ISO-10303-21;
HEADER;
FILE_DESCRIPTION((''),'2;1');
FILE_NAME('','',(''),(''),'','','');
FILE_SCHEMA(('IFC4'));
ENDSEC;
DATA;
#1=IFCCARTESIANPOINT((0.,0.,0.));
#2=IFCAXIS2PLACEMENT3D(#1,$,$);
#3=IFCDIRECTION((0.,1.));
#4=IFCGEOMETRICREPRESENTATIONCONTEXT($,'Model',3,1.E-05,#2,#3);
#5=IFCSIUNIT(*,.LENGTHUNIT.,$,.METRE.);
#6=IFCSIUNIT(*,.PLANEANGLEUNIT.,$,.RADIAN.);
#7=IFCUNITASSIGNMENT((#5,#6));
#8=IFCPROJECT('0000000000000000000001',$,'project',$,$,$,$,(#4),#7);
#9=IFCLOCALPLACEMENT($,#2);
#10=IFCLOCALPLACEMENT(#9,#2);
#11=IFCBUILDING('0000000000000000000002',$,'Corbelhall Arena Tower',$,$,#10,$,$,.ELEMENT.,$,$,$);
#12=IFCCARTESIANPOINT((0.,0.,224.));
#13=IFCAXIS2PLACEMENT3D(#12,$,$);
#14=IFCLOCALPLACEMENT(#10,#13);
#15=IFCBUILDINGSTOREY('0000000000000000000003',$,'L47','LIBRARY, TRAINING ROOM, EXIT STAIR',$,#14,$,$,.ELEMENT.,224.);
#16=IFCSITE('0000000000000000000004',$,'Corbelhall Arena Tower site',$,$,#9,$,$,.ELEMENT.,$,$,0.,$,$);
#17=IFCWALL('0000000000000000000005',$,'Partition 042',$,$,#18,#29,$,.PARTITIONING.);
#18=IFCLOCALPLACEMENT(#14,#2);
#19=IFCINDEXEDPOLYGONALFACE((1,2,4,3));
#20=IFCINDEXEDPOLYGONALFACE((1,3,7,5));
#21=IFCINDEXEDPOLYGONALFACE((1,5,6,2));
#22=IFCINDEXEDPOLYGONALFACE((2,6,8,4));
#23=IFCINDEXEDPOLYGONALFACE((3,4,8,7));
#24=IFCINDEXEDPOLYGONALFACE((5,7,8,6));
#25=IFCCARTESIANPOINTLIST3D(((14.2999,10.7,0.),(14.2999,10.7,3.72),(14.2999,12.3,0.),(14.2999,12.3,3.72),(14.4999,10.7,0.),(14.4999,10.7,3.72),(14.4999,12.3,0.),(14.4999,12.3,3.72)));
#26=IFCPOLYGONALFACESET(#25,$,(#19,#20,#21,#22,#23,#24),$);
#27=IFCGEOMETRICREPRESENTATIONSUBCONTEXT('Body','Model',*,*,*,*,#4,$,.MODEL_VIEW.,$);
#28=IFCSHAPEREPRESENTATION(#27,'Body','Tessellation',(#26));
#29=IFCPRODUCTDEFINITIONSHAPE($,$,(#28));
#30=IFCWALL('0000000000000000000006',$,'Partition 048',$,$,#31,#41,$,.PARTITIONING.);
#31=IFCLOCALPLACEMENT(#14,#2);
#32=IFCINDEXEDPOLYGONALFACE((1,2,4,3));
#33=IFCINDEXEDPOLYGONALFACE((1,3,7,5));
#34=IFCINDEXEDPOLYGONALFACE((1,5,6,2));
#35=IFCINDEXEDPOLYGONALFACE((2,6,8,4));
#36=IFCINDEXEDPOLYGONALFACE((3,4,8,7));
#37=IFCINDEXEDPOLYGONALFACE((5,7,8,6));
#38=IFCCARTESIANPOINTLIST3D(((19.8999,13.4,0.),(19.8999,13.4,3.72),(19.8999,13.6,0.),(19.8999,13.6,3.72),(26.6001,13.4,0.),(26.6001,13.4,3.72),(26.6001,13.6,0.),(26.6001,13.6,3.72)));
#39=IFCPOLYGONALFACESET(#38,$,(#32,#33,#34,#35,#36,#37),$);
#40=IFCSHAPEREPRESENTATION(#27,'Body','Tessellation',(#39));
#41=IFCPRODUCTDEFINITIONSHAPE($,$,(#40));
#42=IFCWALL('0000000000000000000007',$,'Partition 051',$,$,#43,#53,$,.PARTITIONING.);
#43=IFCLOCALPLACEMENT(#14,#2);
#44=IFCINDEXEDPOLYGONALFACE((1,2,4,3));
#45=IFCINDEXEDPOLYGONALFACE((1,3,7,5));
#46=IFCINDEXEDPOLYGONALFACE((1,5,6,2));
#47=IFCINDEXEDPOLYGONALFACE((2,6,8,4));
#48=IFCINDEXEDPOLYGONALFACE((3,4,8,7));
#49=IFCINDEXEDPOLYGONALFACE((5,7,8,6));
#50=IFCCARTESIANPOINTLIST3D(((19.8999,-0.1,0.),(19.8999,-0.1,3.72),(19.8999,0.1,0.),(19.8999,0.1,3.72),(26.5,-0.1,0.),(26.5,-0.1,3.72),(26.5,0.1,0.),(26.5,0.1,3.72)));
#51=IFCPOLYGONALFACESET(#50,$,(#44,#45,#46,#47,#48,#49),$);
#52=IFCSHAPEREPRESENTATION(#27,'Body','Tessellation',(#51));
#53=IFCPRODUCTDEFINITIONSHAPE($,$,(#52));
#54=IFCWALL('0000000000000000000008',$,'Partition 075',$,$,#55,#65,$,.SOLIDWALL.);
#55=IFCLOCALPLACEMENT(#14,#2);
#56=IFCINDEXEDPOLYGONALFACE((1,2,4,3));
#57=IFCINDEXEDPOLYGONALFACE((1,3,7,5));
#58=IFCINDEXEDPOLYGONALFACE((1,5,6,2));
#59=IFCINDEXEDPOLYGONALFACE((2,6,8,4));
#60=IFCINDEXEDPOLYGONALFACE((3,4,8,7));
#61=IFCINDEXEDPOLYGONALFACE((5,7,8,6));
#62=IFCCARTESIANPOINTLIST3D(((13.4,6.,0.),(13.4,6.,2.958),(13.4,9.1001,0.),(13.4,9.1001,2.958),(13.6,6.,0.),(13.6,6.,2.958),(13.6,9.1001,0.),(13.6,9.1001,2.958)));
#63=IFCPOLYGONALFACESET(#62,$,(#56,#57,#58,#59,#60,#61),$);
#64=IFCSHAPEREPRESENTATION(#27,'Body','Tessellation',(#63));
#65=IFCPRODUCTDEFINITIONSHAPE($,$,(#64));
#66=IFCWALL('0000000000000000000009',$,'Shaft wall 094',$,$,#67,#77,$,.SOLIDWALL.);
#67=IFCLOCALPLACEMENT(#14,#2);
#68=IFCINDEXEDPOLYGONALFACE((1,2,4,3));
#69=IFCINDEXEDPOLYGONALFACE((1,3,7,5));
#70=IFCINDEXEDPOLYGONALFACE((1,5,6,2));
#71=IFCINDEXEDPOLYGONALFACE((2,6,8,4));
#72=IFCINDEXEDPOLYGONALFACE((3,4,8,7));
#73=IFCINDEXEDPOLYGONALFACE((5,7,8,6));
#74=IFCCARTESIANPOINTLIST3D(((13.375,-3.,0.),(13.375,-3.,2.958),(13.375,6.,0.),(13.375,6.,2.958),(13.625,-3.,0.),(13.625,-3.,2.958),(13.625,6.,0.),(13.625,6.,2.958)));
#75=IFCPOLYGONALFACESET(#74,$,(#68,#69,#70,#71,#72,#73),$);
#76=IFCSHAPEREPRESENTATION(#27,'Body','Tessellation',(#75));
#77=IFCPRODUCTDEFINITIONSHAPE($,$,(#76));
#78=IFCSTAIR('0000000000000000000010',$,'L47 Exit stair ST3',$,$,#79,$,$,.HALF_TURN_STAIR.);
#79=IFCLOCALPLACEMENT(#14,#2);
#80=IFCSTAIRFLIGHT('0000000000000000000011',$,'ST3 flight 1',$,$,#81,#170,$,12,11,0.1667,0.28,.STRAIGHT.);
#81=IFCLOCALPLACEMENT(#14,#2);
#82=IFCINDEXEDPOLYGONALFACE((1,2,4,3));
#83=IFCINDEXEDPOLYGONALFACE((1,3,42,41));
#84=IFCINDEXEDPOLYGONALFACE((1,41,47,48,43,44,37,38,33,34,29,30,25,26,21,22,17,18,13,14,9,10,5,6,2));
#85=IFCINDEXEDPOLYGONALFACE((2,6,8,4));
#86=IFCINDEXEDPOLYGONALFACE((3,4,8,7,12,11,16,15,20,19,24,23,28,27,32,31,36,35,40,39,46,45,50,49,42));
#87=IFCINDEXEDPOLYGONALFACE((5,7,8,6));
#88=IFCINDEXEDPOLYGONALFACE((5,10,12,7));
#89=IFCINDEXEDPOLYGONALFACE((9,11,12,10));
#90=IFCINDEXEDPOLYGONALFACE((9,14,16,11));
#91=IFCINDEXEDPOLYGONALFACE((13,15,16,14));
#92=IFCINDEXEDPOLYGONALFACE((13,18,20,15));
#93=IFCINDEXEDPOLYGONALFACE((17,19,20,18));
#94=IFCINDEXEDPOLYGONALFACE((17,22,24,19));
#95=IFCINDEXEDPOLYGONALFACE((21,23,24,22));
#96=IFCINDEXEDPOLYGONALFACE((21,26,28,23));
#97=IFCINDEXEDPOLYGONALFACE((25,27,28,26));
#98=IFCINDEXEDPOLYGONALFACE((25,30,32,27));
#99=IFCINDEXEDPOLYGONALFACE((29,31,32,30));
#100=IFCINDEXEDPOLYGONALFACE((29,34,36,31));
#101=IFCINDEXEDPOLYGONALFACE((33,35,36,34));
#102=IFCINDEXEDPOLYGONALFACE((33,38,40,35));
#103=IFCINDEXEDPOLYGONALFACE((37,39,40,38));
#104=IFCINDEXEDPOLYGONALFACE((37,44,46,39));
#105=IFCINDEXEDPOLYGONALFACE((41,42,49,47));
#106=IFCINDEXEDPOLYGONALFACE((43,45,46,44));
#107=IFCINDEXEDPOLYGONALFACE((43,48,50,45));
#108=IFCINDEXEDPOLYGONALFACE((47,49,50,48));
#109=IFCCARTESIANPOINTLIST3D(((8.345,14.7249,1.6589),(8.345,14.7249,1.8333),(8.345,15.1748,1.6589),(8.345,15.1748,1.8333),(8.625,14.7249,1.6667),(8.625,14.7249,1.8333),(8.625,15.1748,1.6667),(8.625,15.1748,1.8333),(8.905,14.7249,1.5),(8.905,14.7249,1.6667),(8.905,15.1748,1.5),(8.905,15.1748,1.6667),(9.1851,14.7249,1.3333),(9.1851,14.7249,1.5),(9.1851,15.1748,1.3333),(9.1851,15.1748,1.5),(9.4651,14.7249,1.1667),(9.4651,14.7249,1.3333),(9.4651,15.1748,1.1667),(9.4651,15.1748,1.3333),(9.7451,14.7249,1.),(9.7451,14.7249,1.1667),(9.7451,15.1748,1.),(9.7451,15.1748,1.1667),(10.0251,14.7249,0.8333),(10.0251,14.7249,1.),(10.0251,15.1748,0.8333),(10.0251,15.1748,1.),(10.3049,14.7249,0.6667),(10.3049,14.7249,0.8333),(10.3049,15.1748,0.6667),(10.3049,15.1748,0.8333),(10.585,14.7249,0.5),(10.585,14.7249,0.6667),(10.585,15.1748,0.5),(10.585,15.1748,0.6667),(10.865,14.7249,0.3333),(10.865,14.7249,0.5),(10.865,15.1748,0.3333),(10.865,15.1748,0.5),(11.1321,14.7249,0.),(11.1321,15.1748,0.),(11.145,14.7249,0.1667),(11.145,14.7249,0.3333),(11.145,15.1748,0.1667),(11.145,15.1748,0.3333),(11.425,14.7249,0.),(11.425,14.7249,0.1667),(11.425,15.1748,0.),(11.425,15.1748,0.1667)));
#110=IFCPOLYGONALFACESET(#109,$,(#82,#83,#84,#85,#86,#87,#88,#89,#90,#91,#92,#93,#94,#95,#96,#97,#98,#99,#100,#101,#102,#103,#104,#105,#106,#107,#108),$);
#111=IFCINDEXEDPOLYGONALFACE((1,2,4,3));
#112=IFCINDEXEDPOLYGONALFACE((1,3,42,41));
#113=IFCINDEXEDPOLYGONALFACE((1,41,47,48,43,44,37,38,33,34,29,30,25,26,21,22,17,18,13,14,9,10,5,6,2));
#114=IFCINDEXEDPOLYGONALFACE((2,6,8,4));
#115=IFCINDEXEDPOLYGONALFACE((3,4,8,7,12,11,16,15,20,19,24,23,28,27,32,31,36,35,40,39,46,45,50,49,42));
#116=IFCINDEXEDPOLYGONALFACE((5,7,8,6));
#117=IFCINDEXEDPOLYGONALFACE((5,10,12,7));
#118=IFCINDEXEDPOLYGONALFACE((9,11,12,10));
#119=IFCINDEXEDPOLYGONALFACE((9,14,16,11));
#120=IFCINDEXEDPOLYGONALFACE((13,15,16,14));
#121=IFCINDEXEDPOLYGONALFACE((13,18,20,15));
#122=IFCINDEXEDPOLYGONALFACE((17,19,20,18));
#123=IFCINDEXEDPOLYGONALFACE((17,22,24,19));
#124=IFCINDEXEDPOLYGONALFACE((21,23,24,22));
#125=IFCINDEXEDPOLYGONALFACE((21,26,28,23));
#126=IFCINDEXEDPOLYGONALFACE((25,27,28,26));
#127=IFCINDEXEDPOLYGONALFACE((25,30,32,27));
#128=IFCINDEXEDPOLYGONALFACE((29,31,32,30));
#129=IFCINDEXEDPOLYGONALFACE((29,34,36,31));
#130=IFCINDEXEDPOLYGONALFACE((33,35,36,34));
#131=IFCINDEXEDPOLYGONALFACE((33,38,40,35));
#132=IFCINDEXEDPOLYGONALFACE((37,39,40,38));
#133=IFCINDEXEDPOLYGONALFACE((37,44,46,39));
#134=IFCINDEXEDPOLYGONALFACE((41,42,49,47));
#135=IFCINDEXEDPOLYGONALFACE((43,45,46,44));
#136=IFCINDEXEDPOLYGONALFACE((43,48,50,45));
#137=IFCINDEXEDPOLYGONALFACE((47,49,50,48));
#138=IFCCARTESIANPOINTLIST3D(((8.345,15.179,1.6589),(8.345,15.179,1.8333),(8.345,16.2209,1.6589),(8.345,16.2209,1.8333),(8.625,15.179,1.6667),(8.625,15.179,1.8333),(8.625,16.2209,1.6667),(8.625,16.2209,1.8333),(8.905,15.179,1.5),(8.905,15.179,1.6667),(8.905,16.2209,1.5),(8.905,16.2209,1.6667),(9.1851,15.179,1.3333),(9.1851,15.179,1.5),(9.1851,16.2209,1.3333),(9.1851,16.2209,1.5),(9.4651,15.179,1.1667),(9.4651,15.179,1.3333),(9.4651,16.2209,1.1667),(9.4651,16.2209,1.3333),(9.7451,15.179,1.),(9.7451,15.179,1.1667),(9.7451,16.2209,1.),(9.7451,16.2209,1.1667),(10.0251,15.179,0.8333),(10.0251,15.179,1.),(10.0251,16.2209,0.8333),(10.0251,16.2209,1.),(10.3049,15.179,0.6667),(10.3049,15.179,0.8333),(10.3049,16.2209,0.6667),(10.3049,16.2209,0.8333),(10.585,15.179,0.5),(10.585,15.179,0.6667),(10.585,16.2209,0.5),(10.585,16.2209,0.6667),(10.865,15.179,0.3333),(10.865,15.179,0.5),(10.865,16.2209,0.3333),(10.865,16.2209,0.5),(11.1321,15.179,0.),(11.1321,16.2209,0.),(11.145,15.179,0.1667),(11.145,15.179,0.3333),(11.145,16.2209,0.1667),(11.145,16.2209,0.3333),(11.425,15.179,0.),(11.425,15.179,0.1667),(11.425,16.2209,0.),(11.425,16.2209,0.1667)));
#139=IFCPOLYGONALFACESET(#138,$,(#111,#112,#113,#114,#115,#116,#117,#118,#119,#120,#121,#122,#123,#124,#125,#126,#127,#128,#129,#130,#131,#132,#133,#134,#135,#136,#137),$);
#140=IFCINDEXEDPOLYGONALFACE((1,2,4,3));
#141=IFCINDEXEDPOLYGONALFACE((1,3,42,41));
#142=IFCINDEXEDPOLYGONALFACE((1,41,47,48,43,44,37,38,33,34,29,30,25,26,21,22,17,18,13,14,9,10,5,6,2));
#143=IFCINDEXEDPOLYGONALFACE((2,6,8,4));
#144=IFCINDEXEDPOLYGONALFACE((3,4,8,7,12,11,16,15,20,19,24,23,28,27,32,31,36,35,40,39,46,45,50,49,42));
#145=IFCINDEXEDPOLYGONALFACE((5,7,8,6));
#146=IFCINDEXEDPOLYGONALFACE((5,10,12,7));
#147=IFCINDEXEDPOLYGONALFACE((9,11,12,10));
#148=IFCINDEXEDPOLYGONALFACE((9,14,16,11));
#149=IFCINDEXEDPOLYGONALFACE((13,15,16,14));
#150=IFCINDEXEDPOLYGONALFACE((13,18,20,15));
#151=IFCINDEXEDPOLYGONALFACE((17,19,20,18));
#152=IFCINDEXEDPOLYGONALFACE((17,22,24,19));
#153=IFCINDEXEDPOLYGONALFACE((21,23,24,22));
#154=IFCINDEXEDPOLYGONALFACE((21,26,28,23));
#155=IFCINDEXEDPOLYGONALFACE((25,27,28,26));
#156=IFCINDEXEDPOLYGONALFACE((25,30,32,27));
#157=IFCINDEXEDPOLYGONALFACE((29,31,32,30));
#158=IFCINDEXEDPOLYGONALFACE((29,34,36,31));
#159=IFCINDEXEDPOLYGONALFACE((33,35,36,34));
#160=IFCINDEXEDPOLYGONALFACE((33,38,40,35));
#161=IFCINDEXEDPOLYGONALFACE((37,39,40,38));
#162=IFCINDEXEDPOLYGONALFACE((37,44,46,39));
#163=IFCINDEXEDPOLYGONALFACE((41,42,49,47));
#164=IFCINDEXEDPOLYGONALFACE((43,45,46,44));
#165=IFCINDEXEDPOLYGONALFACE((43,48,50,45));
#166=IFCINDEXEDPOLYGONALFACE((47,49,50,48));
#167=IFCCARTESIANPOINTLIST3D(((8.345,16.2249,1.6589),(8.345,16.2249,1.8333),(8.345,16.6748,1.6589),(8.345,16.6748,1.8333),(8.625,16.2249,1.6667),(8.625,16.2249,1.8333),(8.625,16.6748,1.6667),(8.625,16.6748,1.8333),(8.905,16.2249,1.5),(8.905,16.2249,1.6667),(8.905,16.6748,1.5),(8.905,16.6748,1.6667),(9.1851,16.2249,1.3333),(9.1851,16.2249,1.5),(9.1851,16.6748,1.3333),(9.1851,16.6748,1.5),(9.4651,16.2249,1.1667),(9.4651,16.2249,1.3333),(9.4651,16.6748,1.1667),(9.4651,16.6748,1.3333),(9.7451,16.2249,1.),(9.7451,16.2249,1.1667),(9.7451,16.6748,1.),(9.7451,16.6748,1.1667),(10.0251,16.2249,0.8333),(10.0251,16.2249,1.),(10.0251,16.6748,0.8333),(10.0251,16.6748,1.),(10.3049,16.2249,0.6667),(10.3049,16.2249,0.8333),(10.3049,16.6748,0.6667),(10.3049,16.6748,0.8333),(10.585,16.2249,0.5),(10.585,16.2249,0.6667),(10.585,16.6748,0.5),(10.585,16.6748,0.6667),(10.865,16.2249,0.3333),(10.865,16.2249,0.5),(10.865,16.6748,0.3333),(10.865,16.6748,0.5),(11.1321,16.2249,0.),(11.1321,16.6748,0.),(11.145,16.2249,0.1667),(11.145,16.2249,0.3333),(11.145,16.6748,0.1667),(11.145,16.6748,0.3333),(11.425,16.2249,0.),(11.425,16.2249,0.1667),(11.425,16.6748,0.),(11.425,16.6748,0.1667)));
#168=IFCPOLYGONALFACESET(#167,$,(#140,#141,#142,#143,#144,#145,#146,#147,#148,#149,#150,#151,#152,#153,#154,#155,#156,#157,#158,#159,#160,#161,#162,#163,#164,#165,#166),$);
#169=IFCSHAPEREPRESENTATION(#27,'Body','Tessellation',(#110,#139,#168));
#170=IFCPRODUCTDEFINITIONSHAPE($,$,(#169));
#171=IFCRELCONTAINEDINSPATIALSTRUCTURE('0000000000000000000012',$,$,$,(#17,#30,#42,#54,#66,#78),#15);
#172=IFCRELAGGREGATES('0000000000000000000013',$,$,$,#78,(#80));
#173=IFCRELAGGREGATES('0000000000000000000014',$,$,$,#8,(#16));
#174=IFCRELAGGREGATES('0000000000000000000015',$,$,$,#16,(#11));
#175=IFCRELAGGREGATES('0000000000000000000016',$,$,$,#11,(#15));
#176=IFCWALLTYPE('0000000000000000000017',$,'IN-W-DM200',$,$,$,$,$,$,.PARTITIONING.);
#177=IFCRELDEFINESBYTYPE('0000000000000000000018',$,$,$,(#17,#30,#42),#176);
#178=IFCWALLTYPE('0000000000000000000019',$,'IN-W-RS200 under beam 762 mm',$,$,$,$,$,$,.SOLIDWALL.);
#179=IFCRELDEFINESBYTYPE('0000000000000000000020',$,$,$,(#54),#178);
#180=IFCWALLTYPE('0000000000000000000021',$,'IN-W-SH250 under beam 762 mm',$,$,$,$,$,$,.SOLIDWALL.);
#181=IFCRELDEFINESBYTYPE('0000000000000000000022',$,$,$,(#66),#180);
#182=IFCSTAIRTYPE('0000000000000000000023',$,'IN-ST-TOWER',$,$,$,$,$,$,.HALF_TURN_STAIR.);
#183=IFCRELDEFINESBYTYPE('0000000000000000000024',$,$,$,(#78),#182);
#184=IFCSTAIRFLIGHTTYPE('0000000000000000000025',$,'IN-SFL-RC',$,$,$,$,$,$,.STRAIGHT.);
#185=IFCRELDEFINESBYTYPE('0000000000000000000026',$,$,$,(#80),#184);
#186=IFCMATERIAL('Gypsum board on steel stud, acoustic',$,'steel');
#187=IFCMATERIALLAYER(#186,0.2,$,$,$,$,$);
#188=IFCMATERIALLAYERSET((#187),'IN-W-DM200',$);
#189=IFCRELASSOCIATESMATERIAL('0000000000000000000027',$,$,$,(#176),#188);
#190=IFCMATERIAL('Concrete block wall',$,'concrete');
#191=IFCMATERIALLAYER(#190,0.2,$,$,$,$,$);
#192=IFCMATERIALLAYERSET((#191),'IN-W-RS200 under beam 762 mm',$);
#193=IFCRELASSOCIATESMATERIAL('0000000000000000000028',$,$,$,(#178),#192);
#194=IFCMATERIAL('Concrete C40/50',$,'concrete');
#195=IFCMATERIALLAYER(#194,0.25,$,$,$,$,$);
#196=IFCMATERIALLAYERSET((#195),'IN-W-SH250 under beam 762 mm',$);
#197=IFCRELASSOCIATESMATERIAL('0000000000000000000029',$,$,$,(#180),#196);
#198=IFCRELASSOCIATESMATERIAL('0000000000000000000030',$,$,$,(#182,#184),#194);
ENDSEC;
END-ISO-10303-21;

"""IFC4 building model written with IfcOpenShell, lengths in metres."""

from ifc_helpers import new_model, si_unit, direction, frame, frame_2d, origin, place, context, subcontext, project, spatial, polyline, rectangle, outline, extrude, material, layer, layer_set, type_object, element, aggregate, save


model = new_model("IFC4")

# Units and contexts
model_context = context("Model", 3, precision=1e-05, world=origin(), true_north=direction((0.0, 1.0)))
body_context = subcontext(model_context, "Body", "Model", "MODEL_VIEW")
ifc_project = project(units=[si_unit("LENGTHUNIT", "METRE"), si_unit("PLANEANGLEUNIT", "RADIAN")], contexts=[model_context])

# Site, building, storey
site_placement = place(None, origin())
site = spatial("IfcSite", under=ifc_project, at=site_placement, Name="Corbelhall Arena Tower site", CompositionType="ELEMENT", RefElevation=0.0)
building_placement = place(site_placement, origin())
building = spatial("IfcBuilding", under=site, at=building_placement, Name="Corbelhall Arena Tower", CompositionType="ELEMENT")
storey_placement = place(building_placement, frame((0.0, 0.0, 224.0)))
storey = spatial("IfcBuildingStorey", under=building, at=storey_placement, Name="L47", Description="LIBRARY, TRAINING ROOM, EXIT STAIR", CompositionType="ELEMENT", Elevation=224.0)

# Wall
ifc_material_1 = material(Name="Gypsum board on steel stud, acoustic", Category="steel")
ifc_layer_1 = layer(ifc_material_1, 0.2)
ifc_layer_set_1 = layer_set([ifc_layer_1], Name="IN-W-DM200")
wall_type_1 = type_object("IfcWallType", Name="IN-W-DM200", PredefinedType="PARTITIONING", material=ifc_layer_set_1)
wall_1_placement = place(storey_placement, frame((14.3999, 12.3, 0.0), z_axis=(0.0, 0.0, 1.0), x_axis=(0.0, -1.0, 0.0)))
element("IfcWall", 1, at=wall_1_placement, inside=storey, type_object=wall_type_1, Name="Partition 042", PredefinedType="PARTITIONING", context=body_context, shape_type="SweptSolid", body=[
    extrude(rectangle(XDim=1.6001, YDim=0.2, at=frame_2d((0.8, 0.0))), origin(), (0.0, 0.0, 1.0), 3.72),
])

# Wall
wall_2_placement = place(storey_placement, frame((19.8999, 13.5, 0.0), z_axis=(0.0, 0.0, 1.0), x_axis=(1.0, 0.0, 0.0)))
element("IfcWall", 2, at=wall_2_placement, inside=storey, type_object=wall_type_1, Name="Partition 048", PredefinedType="PARTITIONING", context=body_context, shape_type="SweptSolid", body=[
    extrude(rectangle(XDim=6.7002, YDim=0.2, at=frame_2d((3.3501, 0.0))), origin(), (0.0, 0.0, 1.0), 3.72),
])

# Walls
wall_3_placement = place(storey_placement, frame((26.5, 0.0, 0.0), z_axis=(0.0, 0.0, 1.0), x_axis=(-1.0, 0.0, 0.0)))
element("IfcWall", 3, at=wall_3_placement, inside=storey, type_object=wall_type_1, Name="Partition 051", PredefinedType="PARTITIONING", context=body_context, shape_type="SweptSolid", body=[
    extrude(rectangle(XDim=6.6001, YDim=0.2, at=frame_2d((3.3, 0.0))), origin(), (0.0, 0.0, 1.0), 3.72),
])
ifc_material_2 = material(Name="Concrete block wall", Category="concrete")
ifc_layer_2 = layer(ifc_material_2, 0.2)
ifc_layer_set_2 = layer_set([ifc_layer_2], Name="IN-W-RS200 under beam 762 mm")
wall_type_2 = type_object("IfcWallType", Name="IN-W-RS200 under beam 762 mm", PredefinedType="SOLIDWALL", material=ifc_layer_set_2)
wall_4_placement = place(storey_placement, frame((13.5, 9.1001, 0.0), z_axis=(0.0, 0.0, 1.0), x_axis=(0.0, -1.0, 0.0)))
element("IfcWall", 4, at=wall_4_placement, inside=storey, type_object=wall_type_2, Name="Partition 075", PredefinedType="SOLIDWALL", context=body_context, shape_type="SweptSolid", body=[
    extrude(rectangle(XDim=3.1001, YDim=0.2, at=frame_2d((1.55, 0.0))), origin(), (0.0, 0.0, 1.0), 2.958),
])
ifc_material_3 = material(Name="Concrete C40/50", Category="concrete")
ifc_layer_3 = layer(ifc_material_3, 0.25)
ifc_layer_set_3 = layer_set([ifc_layer_3], Name="IN-W-SH250 under beam 762 mm")
wall_type_3 = type_object("IfcWallType", Name="IN-W-SH250 under beam 762 mm", PredefinedType="SOLIDWALL", material=ifc_layer_set_3)
wall_5_placement = place(storey_placement, frame((13.5, 6.0, 0.0), z_axis=(0.0, 0.0, 1.0), x_axis=(0.0, -1.0, 0.0)))
element("IfcWall", 5, at=wall_5_placement, inside=storey, type_object=wall_type_3, Name="Shaft wall 094", PredefinedType="SOLIDWALL", context=body_context, shape_type="SweptSolid", body=[
    extrude(rectangle(XDim=9.0, YDim=0.25, at=frame_2d((4.5, 0.0))), origin(), (0.0, 0.0, 1.0), 2.958),
])

# Stair, stair flight
stair_type = type_object("IfcStairType", Name="IN-ST-TOWER", PredefinedType="HALF_TURN_STAIR", material=ifc_material_3)
stair_placement = place(storey_placement, origin())
stair = element("IfcStair", 6, at=stair_placement, inside=storey, type_object=stair_type, Name="L47 Exit stair ST3", PredefinedType="HALF_TURN_STAIR")
stair_flight_type = type_object("IfcStairFlightType", Name="IN-SFL-RC", PredefinedType="STRAIGHT", material=ifc_material_3)
stair_flight_placement = place(storey_placement, frame((11.425, 15.7, 0.0), z_axis=(0.0, 0.0, 1.0), x_axis=(-1.0, 0.0, 0.0)))
stair_flight = element("IfcStairFlight", 7, at=stair_flight_placement, type_object=stair_flight_type, Name="ST3 flight 1", NumberOfRisers=12, NumberOfTreads=11, PredefinedType="STRAIGHT", RiserHeight=0.1667, TreadLength=0.28, context=body_context, shape_type="SweptSolid", body=[
    extrude(outline(polyline([(0.0, 0.0), (0.0, 0.1667), (0.28, 0.1667), (0.28, 0.3333), (0.5601, 0.3333), (0.5601, 0.5), (0.8401, 0.5), (0.8401, 0.6667), (1.1201, 0.6667), (1.1201, 0.8333), (1.3999, 0.8333), (1.3999, 1.0), (1.6799, 1.0), (1.6799, 1.1667), (1.96, 1.1667), (1.96, 1.3333), (2.24, 1.3333), (2.24, 1.5), (2.52, 1.5), (2.52, 1.6667), (2.8, 1.6667), (2.8, 1.8333), (3.0801, 1.8333), (3.0801, 2.0), (3.0801, 1.6589), (0.293, 0.0), (0.0, 0.0)])), frame((0.0, 0.9751, 0.0), z_axis=(0.0, -1.0, 0.0), x_axis=(1.0, 0.0, 0.0)), (0.0, 0.0, 1.0), 0.45),
    extrude(outline(polyline([(0.0, 0.0), (0.0, 0.1667), (0.28, 0.1667), (0.28, 0.3333), (0.5601, 0.3333), (0.5601, 0.5), (0.8401, 0.5), (0.8401, 0.6667), (1.1201, 0.6667), (1.1201, 0.8333), (1.3999, 0.8333), (1.3999, 1.0), (1.6799, 1.0), (1.6799, 1.1667), (1.96, 1.1667), (1.96, 1.3333), (2.24, 1.3333), (2.24, 1.5), (2.52, 1.5), (2.52, 1.6667), (2.8, 1.6667), (2.8, 1.8333), (3.0801, 1.8333), (3.0801, 2.0), (3.0801, 1.6589), (0.293, 0.0), (0.0, 0.0)])), frame((0.0, 0.521, 0.0), z_axis=(0.0, -1.0, 0.0), x_axis=(1.0, 0.0, 0.0)), (0.0, 0.0, 1.0), 1.042),
    extrude(outline(polyline([(0.0, 0.0), (0.0, 0.1667), (0.28, 0.1667), (0.28, 0.3333), (0.5601, 0.3333), (0.5601, 0.5), (0.8401, 0.5), (0.8401, 0.6667), (1.1201, 0.6667), (1.1201, 0.8333), (1.3999, 0.8333), (1.3999, 1.0), (1.6799, 1.0), (1.6799, 1.1667), (1.96, 1.1667), (1.96, 1.3333), (2.24, 1.3333), (2.24, 1.5), (2.52, 1.5), (2.52, 1.6667), (2.8, 1.6667), (2.8, 1.8333), (3.0801, 1.8333), (3.0801, 2.0), (3.0801, 1.6589), (0.293, 0.0), (0.0, 0.0)])), frame((0.0, -0.5249, 0.0), z_axis=(0.0, -1.0, 0.0), x_axis=(1.0, 0.0, 0.0)), (0.0, 0.0, 1.0), 0.45),
])
aggregate(stair, [stair_flight])

save(model, "model.ifc")
